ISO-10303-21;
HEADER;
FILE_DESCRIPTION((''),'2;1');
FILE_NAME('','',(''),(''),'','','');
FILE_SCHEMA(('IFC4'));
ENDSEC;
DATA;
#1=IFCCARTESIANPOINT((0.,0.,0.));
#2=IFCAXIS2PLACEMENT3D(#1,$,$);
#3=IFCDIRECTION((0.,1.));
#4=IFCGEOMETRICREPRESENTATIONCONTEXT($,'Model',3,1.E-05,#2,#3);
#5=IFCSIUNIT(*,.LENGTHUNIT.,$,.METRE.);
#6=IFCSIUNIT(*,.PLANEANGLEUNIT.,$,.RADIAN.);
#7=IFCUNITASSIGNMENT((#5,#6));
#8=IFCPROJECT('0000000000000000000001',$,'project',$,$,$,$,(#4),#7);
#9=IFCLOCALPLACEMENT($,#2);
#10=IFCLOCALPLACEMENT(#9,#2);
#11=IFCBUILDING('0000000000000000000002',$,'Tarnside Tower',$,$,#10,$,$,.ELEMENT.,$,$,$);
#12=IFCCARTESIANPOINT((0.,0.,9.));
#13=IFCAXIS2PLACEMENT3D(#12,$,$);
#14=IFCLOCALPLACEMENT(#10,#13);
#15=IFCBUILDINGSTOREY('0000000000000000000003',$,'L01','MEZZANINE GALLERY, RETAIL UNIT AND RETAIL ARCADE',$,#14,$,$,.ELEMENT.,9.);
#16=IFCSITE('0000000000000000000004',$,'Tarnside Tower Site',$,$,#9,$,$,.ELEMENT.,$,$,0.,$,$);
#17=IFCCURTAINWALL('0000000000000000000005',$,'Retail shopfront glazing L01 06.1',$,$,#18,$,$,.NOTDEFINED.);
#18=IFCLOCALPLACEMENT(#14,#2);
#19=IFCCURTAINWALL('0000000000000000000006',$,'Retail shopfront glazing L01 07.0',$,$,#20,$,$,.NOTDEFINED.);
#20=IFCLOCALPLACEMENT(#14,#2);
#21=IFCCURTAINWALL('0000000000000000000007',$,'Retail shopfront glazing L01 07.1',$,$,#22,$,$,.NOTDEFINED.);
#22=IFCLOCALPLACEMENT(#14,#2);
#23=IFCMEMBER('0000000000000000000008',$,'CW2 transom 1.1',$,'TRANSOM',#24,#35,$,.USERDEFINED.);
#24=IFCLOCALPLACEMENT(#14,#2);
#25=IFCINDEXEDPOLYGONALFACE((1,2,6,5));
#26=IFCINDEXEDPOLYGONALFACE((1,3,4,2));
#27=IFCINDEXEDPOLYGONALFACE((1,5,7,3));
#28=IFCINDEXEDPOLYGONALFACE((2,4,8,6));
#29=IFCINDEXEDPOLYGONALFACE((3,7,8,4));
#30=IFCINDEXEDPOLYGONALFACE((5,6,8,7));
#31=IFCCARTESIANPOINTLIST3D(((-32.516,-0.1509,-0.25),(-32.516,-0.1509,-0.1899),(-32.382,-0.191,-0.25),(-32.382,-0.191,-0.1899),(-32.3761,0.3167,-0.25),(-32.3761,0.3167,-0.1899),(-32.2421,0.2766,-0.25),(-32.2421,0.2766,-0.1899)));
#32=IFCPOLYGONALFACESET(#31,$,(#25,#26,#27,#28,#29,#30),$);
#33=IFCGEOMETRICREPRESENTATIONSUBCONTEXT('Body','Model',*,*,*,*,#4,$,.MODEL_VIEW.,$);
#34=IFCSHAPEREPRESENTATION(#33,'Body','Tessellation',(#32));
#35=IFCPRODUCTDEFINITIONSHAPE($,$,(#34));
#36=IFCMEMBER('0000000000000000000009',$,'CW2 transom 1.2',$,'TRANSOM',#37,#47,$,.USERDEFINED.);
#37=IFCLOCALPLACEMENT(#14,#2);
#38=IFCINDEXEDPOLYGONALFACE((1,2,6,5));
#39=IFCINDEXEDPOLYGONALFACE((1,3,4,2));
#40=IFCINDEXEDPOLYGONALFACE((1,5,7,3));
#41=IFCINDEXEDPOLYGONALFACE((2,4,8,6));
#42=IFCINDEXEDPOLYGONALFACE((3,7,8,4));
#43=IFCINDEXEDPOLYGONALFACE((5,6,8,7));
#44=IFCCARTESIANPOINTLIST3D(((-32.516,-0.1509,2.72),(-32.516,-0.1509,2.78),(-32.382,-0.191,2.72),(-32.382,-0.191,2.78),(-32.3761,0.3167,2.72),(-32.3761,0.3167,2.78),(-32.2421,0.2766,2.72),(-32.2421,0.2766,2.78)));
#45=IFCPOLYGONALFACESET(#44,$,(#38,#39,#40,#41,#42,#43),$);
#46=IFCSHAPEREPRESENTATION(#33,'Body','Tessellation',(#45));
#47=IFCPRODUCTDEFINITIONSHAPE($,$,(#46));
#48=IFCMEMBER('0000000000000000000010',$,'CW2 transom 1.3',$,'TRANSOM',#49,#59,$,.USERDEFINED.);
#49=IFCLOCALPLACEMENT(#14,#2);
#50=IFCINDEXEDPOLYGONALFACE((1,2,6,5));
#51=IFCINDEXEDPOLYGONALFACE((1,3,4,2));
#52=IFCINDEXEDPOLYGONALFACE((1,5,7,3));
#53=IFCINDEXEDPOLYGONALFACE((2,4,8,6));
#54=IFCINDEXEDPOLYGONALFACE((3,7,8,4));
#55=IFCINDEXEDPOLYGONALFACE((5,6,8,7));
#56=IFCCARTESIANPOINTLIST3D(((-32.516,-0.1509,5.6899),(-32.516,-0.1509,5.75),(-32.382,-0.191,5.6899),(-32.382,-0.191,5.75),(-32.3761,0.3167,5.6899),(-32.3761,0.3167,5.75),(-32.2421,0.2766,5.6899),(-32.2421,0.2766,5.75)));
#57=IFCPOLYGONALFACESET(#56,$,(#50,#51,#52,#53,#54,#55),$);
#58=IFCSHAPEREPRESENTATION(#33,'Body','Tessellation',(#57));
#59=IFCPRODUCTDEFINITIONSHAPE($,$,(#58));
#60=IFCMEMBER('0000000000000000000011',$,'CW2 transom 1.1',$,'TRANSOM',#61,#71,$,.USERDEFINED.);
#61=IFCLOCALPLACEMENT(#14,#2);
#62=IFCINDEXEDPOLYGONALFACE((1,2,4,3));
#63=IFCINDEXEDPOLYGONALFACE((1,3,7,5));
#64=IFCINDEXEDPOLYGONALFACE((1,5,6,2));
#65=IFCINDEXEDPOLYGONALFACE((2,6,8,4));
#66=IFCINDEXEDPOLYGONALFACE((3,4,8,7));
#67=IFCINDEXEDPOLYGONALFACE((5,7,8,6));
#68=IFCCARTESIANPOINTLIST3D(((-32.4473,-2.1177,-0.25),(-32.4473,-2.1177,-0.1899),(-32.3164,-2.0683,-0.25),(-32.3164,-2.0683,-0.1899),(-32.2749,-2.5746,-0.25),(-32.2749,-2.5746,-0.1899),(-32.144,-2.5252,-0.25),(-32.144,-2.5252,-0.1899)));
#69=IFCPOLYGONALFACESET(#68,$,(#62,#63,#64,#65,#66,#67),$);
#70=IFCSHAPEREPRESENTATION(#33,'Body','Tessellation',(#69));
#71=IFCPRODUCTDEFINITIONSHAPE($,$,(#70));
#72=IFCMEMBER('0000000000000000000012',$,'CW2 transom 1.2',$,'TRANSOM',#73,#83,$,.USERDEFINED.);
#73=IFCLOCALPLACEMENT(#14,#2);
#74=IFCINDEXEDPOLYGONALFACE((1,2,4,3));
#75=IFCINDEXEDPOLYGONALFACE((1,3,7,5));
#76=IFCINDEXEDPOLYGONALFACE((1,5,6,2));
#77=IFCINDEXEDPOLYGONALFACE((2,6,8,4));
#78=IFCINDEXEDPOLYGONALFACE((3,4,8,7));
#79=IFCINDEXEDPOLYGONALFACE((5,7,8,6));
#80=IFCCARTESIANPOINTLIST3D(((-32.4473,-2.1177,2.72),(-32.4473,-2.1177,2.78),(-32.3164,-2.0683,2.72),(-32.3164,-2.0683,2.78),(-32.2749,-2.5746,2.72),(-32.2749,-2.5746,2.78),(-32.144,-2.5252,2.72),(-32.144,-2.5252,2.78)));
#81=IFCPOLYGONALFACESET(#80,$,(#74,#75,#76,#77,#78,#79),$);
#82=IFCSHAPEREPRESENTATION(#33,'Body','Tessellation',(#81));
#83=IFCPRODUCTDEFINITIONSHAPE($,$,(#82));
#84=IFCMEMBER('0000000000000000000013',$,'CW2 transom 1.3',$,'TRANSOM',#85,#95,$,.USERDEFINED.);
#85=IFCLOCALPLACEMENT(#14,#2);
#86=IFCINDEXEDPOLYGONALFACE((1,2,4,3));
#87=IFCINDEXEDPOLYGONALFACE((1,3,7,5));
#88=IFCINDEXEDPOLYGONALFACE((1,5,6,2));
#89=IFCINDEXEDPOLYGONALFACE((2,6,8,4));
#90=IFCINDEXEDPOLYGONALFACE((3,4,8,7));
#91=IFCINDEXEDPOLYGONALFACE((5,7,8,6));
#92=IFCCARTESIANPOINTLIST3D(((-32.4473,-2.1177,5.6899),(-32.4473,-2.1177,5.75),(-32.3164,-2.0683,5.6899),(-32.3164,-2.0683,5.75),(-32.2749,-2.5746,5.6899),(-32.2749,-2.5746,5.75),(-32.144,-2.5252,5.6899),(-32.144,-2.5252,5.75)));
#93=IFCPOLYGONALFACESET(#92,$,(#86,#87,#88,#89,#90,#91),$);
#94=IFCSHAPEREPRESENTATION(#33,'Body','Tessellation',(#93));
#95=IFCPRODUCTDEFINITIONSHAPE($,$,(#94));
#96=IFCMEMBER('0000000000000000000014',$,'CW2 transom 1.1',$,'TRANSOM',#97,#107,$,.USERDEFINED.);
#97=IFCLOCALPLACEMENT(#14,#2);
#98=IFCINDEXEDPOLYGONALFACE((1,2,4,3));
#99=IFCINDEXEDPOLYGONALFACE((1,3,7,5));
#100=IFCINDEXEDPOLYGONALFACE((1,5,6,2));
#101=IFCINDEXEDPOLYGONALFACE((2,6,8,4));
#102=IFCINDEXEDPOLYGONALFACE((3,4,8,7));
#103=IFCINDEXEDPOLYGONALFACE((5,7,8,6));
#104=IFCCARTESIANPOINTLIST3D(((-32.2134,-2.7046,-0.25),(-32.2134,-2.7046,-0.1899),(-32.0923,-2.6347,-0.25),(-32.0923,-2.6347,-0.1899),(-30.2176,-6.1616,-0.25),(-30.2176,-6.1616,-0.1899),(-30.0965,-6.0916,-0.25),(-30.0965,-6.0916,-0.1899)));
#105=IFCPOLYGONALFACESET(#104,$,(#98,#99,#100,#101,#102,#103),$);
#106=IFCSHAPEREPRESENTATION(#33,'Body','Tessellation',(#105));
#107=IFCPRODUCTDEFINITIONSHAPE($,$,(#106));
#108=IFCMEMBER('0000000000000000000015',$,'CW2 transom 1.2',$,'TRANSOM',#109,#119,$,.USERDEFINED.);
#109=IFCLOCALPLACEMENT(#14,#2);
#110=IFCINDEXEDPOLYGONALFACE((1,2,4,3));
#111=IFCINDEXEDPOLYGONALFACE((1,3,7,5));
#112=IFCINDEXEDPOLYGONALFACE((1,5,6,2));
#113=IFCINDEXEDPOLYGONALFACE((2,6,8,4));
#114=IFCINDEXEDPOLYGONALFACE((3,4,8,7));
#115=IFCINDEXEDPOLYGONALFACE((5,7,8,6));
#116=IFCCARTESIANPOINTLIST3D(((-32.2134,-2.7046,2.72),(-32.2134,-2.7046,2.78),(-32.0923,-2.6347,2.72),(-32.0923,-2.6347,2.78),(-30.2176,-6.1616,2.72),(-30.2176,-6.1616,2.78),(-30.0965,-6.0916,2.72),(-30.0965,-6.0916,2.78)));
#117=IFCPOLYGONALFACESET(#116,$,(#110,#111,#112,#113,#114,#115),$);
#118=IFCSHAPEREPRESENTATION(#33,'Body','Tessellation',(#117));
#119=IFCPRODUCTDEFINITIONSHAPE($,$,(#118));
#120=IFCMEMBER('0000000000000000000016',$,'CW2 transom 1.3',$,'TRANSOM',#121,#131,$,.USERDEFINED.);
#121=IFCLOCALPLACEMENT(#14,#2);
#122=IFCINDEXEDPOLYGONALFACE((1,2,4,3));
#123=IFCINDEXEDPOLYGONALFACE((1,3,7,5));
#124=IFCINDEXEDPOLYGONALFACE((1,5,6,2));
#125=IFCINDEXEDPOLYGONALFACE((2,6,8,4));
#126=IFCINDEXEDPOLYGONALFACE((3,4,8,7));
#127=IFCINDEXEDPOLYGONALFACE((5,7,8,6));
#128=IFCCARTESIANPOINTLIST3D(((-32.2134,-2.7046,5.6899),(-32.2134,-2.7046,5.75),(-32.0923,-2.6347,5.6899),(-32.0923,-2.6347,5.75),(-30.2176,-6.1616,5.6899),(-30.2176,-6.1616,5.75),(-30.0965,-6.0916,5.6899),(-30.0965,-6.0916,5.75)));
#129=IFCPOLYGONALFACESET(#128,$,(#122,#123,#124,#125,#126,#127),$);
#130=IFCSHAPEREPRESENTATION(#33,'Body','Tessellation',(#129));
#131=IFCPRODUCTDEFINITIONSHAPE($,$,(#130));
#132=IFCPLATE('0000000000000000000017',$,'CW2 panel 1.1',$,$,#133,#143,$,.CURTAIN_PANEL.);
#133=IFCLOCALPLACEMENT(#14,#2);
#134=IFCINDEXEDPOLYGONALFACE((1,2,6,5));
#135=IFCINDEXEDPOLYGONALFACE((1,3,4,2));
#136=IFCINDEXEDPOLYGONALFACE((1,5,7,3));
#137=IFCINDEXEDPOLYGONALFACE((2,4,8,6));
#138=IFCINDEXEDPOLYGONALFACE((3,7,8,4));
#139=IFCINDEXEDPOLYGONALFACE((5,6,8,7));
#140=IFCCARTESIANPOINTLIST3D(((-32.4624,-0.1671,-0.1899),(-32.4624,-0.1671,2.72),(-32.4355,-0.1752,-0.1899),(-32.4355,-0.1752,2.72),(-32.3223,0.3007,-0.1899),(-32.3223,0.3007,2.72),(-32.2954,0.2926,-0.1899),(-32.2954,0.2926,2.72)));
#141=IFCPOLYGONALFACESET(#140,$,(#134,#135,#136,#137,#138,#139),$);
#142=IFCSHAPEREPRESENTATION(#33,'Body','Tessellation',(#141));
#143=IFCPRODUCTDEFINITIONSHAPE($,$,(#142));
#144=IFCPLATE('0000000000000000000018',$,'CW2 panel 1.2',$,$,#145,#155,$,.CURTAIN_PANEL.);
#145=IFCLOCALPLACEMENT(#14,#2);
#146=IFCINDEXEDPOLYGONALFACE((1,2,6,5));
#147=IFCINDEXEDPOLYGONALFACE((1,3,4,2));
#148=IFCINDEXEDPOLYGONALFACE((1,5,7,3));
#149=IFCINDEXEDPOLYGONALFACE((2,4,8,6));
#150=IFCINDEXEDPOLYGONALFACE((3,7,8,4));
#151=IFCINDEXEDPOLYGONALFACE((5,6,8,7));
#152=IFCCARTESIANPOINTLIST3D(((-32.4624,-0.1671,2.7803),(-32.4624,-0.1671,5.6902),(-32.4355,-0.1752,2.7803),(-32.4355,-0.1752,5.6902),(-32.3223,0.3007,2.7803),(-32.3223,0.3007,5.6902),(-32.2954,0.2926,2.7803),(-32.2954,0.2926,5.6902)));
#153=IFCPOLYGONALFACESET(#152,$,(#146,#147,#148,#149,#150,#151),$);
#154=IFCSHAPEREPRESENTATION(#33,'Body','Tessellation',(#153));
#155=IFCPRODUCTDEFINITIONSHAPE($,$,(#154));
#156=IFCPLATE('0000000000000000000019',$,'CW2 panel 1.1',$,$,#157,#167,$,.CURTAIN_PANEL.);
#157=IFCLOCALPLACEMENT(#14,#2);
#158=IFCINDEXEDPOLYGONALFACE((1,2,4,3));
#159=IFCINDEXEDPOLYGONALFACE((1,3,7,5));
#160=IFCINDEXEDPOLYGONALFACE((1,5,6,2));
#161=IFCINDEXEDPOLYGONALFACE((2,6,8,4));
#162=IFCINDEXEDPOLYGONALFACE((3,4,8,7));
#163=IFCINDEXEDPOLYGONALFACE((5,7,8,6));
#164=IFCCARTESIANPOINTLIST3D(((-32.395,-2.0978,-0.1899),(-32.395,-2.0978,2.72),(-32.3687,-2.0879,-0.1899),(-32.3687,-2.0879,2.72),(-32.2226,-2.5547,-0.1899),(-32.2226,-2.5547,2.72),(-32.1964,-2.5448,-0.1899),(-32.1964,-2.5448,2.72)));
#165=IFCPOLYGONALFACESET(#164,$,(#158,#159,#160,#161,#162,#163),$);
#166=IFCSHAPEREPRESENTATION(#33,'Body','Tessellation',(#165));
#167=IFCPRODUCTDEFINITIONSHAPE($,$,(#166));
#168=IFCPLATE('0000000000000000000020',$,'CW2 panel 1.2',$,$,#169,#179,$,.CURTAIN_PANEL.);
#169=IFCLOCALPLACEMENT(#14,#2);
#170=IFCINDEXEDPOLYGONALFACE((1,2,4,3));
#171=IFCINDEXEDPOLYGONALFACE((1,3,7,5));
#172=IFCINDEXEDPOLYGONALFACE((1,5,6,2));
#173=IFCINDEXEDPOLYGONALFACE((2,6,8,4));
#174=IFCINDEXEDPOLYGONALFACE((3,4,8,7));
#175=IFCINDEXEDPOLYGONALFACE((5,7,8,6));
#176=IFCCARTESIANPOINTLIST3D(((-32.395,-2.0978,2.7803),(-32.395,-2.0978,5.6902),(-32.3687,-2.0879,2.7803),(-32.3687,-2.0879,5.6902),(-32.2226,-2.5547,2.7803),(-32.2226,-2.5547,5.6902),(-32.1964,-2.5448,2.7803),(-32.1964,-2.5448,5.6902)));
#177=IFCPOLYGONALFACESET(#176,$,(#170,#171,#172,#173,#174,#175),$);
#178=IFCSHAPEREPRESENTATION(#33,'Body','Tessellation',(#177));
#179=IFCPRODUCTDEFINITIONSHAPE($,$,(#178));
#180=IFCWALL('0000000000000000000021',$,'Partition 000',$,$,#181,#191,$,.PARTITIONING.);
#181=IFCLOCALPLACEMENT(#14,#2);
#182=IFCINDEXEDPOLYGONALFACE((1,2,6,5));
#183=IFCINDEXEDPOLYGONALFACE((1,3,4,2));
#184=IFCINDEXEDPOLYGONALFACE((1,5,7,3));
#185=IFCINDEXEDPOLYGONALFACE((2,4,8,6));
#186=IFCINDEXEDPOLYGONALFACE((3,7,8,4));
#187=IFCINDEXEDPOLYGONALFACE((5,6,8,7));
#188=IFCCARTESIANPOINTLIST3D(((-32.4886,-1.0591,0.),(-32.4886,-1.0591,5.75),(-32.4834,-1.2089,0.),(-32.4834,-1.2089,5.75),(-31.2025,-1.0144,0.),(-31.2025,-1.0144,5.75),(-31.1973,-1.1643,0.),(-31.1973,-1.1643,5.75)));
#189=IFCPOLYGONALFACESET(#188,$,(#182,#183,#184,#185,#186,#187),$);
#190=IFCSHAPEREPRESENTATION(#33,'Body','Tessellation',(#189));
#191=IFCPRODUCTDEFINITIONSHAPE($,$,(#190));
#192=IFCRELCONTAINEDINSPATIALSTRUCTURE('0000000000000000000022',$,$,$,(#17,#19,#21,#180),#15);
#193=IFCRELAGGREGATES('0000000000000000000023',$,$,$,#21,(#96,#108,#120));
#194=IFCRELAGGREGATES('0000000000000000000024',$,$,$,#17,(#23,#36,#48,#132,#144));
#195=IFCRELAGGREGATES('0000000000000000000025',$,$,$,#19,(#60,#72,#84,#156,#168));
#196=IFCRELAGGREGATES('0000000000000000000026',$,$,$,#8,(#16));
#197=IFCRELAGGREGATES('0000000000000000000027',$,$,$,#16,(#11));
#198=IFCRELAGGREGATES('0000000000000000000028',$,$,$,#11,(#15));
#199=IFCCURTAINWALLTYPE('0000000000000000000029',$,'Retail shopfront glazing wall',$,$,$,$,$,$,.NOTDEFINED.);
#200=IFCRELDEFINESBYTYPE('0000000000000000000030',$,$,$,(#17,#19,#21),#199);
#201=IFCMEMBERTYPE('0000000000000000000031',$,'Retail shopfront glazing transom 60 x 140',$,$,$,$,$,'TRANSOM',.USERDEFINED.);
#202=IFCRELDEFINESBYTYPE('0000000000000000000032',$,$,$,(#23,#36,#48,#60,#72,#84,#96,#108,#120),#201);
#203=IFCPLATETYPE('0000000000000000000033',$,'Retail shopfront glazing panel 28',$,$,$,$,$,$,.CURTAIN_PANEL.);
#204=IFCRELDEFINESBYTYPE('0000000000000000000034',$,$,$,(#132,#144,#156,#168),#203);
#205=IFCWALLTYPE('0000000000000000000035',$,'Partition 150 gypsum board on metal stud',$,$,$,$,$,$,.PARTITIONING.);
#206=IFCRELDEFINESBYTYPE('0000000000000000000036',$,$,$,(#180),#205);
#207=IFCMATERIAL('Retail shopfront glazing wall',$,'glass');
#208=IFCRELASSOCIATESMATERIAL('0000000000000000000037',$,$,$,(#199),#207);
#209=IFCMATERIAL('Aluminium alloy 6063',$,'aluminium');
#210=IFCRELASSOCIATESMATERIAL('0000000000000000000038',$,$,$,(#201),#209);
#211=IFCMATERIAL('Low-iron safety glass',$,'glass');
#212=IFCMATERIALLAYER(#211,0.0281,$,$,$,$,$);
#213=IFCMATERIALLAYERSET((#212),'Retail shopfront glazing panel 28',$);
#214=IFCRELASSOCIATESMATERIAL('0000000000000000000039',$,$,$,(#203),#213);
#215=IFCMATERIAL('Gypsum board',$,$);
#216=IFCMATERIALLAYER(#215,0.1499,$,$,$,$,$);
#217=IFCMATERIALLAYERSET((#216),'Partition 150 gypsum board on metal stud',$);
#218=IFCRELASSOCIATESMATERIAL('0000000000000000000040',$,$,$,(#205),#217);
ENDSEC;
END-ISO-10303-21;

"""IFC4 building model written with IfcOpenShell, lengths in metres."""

from ifc_helpers import new_model, si_unit, direction, frame, frame_2d, origin, origin_2d, place, context, subcontext, project, spatial, rectangle, extrude, material, layer, layer_set, material_profile, profile_set, type_object, element, aggregate, save


model = new_model("IFC4")

# Units and contexts
model_context = context("Model", 3, precision=1e-05, world=origin(), true_north=direction((0.0, 1.0)))
body_context = subcontext(model_context, "Body", "Model", "MODEL_VIEW")
ifc_project = project(units=[si_unit("LENGTHUNIT", "METRE"), si_unit("PLANEANGLEUNIT", "RADIAN")], contexts=[model_context])

# Site, building, storey
site_placement = place(None, origin())
site = spatial("IfcSite", under=ifc_project, at=site_placement, Name="Tarnside Tower Site", CompositionType="ELEMENT", RefElevation=0.0)
building_placement = place(site_placement, origin())
building = spatial("IfcBuilding", under=site, at=building_placement, Name="Tarnside Tower", CompositionType="ELEMENT")
storey_placement = place(building_placement, frame((0.0, 0.0, 9.0)))
storey = spatial("IfcBuildingStorey", under=building, at=storey_placement, Name="L01", Description="MEZZANINE GALLERY, RETAIL UNIT AND RETAIL ARCADE", CompositionType="ELEMENT", Elevation=9.0)

# Shared definitions
ifc_material_1 = material(Name="Retail shopfront glazing wall", Category="glass")
curtain_wall_type = type_object("IfcCurtainWallType", Name="Retail shopfront glazing wall", PredefinedType="NOTDEFINED", material=ifc_material_1)
ifc_material_2 = material(Name="Aluminium alloy 6063", Category="aluminium")

# Curtain walls
curtain_wall_1_placement = place(storey_placement, origin())
curtain_wall_1 = element("IfcCurtainWall", 1, at=curtain_wall_1_placement, inside=storey, type_object=curtain_wall_type, Name="Retail shopfront glazing L01 06.1", PredefinedType="NOTDEFINED")
curtain_wall_2_placement = place(storey_placement, origin())
curtain_wall_2 = element("IfcCurtainWall", 2, at=curtain_wall_2_placement, inside=storey, type_object=curtain_wall_type, Name="Retail shopfront glazing L01 07.0", PredefinedType="NOTDEFINED")

# Curtain wall
curtain_wall_3_placement = place(storey_placement, origin())
curtain_wall_3 = element("IfcCurtainWall", 3, at=curtain_wall_3_placement, inside=storey, type_object=curtain_wall_type, Name="Retail shopfront glazing L01 07.1", PredefinedType="NOTDEFINED")

# Members
ifc_material_profile_1 = material_profile(ifc_material_2, rectangle(XDim=0.1399, YDim=0.0601, at=origin_2d()), Name="Retail shopfront glazing transom 60 x 140")
ifc_profile_set_1 = profile_set([ifc_material_profile_1], Name="Aluminium alloy 6063")
member_type_1 = type_object("IfcMemberType", Name="Retail shopfront glazing transom 60 x 140", ElementType="TRANSOM", PredefinedType="USERDEFINED", material=ifc_profile_set_1)
member_1_placement = place(storey_placement, frame((-32.3091, 0.2966, -0.22), z_axis=(-0.286659, -0.958033, 0.0), x_axis=(0.958033, -0.286659, 0.0)))
member_1 = element("IfcMember", 4, at=member_1_placement, type_object=member_type_1, Name="CW2 transom 1.1", ObjectType="TRANSOM", PredefinedType="USERDEFINED", context=body_context, shape_type="SweptSolid", body=[
    extrude(rectangle(XDim=0.1399, YDim=0.0601, at=origin_2d()), origin(), (0.0, 0.0, 1.0), 0.488),
])
member_2_placement = place(storey_placement, frame((-32.3091, 0.2966, 2.75), z_axis=(-0.286659, -0.958033, 0.0), x_axis=(0.958033, -0.286659, 0.0)))
member_2 = element("IfcMember", 5, at=member_2_placement, type_object=member_type_1, Name="CW2 transom 1.2", ObjectType="TRANSOM", PredefinedType="USERDEFINED", context=body_context, shape_type="SweptSolid", body=[
    extrude(rectangle(XDim=0.1399, YDim=0.0601, at=origin_2d()), origin(), (0.0, 0.0, 1.0), 0.488),
])
member_3_placement = place(storey_placement, frame((-32.3091, 0.2966, 5.72), z_axis=(-0.286659, -0.958033, 0.0), x_axis=(0.958033, -0.286659, 0.0)))
member_3 = element("IfcMember", 6, at=member_3_placement, type_object=member_type_1, Name="CW2 transom 1.3", ObjectType="TRANSOM", PredefinedType="USERDEFINED", context=body_context, shape_type="SweptSolid", body=[
    extrude(rectangle(XDim=0.1399, YDim=0.0601, at=origin_2d()), origin(), (0.0, 0.0, 1.0), 0.488),
])
member_4_placement = place(storey_placement, frame((-32.3818, -2.093, -0.22), z_axis=(0.353041, -0.935608, 0.0), x_axis=(0.935608, 0.353041, 0.0)))
member_4 = element("IfcMember", 7, at=member_4_placement, type_object=member_type_1, Name="CW2 transom 1.1", ObjectType="TRANSOM", PredefinedType="USERDEFINED", context=body_context, shape_type="SweptSolid", body=[
    extrude(rectangle(XDim=0.1399, YDim=0.0601, at=origin_2d()), origin(), (0.0, 0.0, 1.0), 0.4883),
])
member_5_placement = place(storey_placement, frame((-32.3818, -2.093, 2.75), z_axis=(0.353041, -0.935608, 0.0), x_axis=(0.935608, 0.353041, 0.0)))
member_5 = element("IfcMember", 8, at=member_5_placement, type_object=member_type_1, Name="CW2 transom 1.2", ObjectType="TRANSOM", PredefinedType="USERDEFINED", context=body_context, shape_type="SweptSolid", body=[
    extrude(rectangle(XDim=0.1399, YDim=0.0601, at=origin_2d()), origin(), (0.0, 0.0, 1.0), 0.4883),
])
member_6_placement = place(storey_placement, frame((-32.3818, -2.093, 5.72), z_axis=(0.353041, -0.935608, 0.0), x_axis=(0.935608, 0.353041, 0.0)))
member_6 = element("IfcMember", 9, at=member_6_placement, type_object=member_type_1, Name="CW2 transom 1.3", ObjectType="TRANSOM", PredefinedType="USERDEFINED", context=body_context, shape_type="SweptSolid", body=[
    extrude(rectangle(XDim=0.1399, YDim=0.0601, at=origin_2d()), origin(), (0.0, 0.0, 1.0), 0.4883),
])
member_7_placement = place(storey_placement, frame((-32.1528, -2.6697, -0.22), z_axis=(0.499987, -0.866033, 0.0), x_axis=(0.866033, 0.499987, 0.0)))
member_7 = element("IfcMember", 10, at=member_7_placement, type_object=member_type_1, Name="CW2 transom 1.1", ObjectType="TRANSOM", PredefinedType="USERDEFINED", context=body_context, shape_type="SweptSolid", body=[
    extrude(rectangle(XDim=0.1399, YDim=0.0601, at=origin_2d()), origin(), (0.0, 0.0, 1.0), 3.9917),
])
member_8_placement = place(storey_placement, frame((-32.1528, -2.6697, 2.75), z_axis=(0.499987, -0.866033, 0.0), x_axis=(0.866033, 0.499987, 0.0)))
member_8 = element("IfcMember", 11, at=member_8_placement, type_object=member_type_1, Name="CW2 transom 1.2", ObjectType="TRANSOM", PredefinedType="USERDEFINED", context=body_context, shape_type="SweptSolid", body=[
    extrude(rectangle(XDim=0.1399, YDim=0.0601, at=origin_2d()), origin(), (0.0, 0.0, 1.0), 3.9917),
])
member_9_placement = place(storey_placement, frame((-32.1528, -2.6697, 5.72), z_axis=(0.499987, -0.866033, 0.0), x_axis=(0.866033, 0.499987, 0.0)))
member_9 = element("IfcMember", 12, at=member_9_placement, type_object=member_type_1, Name="CW2 transom 1.3", ObjectType="TRANSOM", PredefinedType="USERDEFINED", context=body_context, shape_type="SweptSolid", body=[
    extrude(rectangle(XDim=0.1399, YDim=0.0601, at=origin_2d()), origin(), (0.0, 0.0, 1.0), 3.9917),
])
aggregate(curtain_wall_3, [member_7, member_8, member_9])

# Plates
ifc_material_3 = material(Name="Low-iron safety glass", Category="glass")
ifc_layer_1 = layer(ifc_material_3, 0.0281)
ifc_layer_set_1 = layer_set([ifc_layer_1], Name="Retail shopfront glazing panel 28")
plate_type = type_object("IfcPlateType", Name="Retail shopfront glazing panel 28", PredefinedType="CURTAIN_PANEL", material=ifc_layer_set_1)
plate_1_placement = place(storey_placement, frame((-32.3789, 0.0627, -0.1899), z_axis=(0.0, 0.0, 1.0), x_axis=(-0.286803, -0.95799, 0.0)))
plate_1 = element("IfcPlate", 13, at=plate_1_placement, type_object=plate_type, Name="CW2 panel 1.1", PredefinedType="CURTAIN_PANEL", context=body_context, shape_type="SweptSolid", body=[
    extrude(rectangle(XDim=0.4883, YDim=0.0281, at=origin_2d()), origin(), (0.0, 0.0, 1.0), 2.9099),
])
plate_2_placement = place(storey_placement, frame((-32.3789, 0.0627, 2.7803), z_axis=(0.0, 0.0, 1.0), x_axis=(-0.286803, -0.95799, 0.0)))
plate_2 = element("IfcPlate", 14, at=plate_2_placement, type_object=plate_type, Name="CW2 panel 1.2", PredefinedType="CURTAIN_PANEL", context=body_context, shape_type="SweptSolid", body=[
    extrude(rectangle(XDim=0.4883, YDim=0.0281, at=origin_2d()), origin(), (0.0, 0.0, 1.0), 2.9099),
])
aggregate(curtain_wall_1, [member_1, member_2, member_3, plate_1, plate_2])
plate_3_placement = place(storey_placement, frame((-32.2957, -2.3213, -0.1899), z_axis=(0.0, 0.0, 1.0), x_axis=(0.352931, -0.93565, 0.0)))
plate_3 = element("IfcPlate", 15, at=plate_3_placement, type_object=plate_type, Name="CW2 panel 1.1", PredefinedType="CURTAIN_PANEL", context=body_context, shape_type="SweptSolid", body=[
    extrude(rectangle(XDim=0.4883, YDim=0.0281, at=origin_2d()), origin(), (0.0, 0.0, 1.0), 2.9099),
])
plate_4_placement = place(storey_placement, frame((-32.2957, -2.3213, 2.7803), z_axis=(0.0, 0.0, 1.0), x_axis=(0.352931, -0.93565, 0.0)))
plate_4 = element("IfcPlate", 16, at=plate_4_placement, type_object=plate_type, Name="CW2 panel 1.2", PredefinedType="CURTAIN_PANEL", context=body_context, shape_type="SweptSolid", body=[
    extrude(rectangle(XDim=0.4883, YDim=0.0281, at=origin_2d()), origin(), (0.0, 0.0, 1.0), 2.9099),
])
aggregate(curtain_wall_2, [member_4, member_5, member_6, plate_3, plate_4])

# Wall
ifc_material_4 = material(Name="Gypsum board")
ifc_layer_2 = layer(ifc_material_4, 0.1499)
ifc_layer_set_2 = layer_set([ifc_layer_2], Name="Partition 150 gypsum board on metal stud")
wall_type = type_object("IfcWallType", Name="Partition 150 gypsum board on metal stud", PredefinedType="PARTITIONING", material=ifc_layer_set_2)
wall_placement = place(storey_placement, frame((-32.4861, -1.134, 0.0), z_axis=(0.0, 0.0, 1.0), x_axis=(0.999397, 0.034717, 0.0)))
element("IfcWall", 17, at=wall_placement, inside=storey, type_object=wall_type, Name="Partition 000", PredefinedType="PARTITIONING", context=body_context, shape_type="SweptSolid", body=[
    extrude(rectangle(XDim=1.2869, YDim=0.1499, at=frame_2d((0.6436, 0.0))), origin(), (0.0, 0.0, 1.0), 5.75),
])

save(model, "model.ifc")
